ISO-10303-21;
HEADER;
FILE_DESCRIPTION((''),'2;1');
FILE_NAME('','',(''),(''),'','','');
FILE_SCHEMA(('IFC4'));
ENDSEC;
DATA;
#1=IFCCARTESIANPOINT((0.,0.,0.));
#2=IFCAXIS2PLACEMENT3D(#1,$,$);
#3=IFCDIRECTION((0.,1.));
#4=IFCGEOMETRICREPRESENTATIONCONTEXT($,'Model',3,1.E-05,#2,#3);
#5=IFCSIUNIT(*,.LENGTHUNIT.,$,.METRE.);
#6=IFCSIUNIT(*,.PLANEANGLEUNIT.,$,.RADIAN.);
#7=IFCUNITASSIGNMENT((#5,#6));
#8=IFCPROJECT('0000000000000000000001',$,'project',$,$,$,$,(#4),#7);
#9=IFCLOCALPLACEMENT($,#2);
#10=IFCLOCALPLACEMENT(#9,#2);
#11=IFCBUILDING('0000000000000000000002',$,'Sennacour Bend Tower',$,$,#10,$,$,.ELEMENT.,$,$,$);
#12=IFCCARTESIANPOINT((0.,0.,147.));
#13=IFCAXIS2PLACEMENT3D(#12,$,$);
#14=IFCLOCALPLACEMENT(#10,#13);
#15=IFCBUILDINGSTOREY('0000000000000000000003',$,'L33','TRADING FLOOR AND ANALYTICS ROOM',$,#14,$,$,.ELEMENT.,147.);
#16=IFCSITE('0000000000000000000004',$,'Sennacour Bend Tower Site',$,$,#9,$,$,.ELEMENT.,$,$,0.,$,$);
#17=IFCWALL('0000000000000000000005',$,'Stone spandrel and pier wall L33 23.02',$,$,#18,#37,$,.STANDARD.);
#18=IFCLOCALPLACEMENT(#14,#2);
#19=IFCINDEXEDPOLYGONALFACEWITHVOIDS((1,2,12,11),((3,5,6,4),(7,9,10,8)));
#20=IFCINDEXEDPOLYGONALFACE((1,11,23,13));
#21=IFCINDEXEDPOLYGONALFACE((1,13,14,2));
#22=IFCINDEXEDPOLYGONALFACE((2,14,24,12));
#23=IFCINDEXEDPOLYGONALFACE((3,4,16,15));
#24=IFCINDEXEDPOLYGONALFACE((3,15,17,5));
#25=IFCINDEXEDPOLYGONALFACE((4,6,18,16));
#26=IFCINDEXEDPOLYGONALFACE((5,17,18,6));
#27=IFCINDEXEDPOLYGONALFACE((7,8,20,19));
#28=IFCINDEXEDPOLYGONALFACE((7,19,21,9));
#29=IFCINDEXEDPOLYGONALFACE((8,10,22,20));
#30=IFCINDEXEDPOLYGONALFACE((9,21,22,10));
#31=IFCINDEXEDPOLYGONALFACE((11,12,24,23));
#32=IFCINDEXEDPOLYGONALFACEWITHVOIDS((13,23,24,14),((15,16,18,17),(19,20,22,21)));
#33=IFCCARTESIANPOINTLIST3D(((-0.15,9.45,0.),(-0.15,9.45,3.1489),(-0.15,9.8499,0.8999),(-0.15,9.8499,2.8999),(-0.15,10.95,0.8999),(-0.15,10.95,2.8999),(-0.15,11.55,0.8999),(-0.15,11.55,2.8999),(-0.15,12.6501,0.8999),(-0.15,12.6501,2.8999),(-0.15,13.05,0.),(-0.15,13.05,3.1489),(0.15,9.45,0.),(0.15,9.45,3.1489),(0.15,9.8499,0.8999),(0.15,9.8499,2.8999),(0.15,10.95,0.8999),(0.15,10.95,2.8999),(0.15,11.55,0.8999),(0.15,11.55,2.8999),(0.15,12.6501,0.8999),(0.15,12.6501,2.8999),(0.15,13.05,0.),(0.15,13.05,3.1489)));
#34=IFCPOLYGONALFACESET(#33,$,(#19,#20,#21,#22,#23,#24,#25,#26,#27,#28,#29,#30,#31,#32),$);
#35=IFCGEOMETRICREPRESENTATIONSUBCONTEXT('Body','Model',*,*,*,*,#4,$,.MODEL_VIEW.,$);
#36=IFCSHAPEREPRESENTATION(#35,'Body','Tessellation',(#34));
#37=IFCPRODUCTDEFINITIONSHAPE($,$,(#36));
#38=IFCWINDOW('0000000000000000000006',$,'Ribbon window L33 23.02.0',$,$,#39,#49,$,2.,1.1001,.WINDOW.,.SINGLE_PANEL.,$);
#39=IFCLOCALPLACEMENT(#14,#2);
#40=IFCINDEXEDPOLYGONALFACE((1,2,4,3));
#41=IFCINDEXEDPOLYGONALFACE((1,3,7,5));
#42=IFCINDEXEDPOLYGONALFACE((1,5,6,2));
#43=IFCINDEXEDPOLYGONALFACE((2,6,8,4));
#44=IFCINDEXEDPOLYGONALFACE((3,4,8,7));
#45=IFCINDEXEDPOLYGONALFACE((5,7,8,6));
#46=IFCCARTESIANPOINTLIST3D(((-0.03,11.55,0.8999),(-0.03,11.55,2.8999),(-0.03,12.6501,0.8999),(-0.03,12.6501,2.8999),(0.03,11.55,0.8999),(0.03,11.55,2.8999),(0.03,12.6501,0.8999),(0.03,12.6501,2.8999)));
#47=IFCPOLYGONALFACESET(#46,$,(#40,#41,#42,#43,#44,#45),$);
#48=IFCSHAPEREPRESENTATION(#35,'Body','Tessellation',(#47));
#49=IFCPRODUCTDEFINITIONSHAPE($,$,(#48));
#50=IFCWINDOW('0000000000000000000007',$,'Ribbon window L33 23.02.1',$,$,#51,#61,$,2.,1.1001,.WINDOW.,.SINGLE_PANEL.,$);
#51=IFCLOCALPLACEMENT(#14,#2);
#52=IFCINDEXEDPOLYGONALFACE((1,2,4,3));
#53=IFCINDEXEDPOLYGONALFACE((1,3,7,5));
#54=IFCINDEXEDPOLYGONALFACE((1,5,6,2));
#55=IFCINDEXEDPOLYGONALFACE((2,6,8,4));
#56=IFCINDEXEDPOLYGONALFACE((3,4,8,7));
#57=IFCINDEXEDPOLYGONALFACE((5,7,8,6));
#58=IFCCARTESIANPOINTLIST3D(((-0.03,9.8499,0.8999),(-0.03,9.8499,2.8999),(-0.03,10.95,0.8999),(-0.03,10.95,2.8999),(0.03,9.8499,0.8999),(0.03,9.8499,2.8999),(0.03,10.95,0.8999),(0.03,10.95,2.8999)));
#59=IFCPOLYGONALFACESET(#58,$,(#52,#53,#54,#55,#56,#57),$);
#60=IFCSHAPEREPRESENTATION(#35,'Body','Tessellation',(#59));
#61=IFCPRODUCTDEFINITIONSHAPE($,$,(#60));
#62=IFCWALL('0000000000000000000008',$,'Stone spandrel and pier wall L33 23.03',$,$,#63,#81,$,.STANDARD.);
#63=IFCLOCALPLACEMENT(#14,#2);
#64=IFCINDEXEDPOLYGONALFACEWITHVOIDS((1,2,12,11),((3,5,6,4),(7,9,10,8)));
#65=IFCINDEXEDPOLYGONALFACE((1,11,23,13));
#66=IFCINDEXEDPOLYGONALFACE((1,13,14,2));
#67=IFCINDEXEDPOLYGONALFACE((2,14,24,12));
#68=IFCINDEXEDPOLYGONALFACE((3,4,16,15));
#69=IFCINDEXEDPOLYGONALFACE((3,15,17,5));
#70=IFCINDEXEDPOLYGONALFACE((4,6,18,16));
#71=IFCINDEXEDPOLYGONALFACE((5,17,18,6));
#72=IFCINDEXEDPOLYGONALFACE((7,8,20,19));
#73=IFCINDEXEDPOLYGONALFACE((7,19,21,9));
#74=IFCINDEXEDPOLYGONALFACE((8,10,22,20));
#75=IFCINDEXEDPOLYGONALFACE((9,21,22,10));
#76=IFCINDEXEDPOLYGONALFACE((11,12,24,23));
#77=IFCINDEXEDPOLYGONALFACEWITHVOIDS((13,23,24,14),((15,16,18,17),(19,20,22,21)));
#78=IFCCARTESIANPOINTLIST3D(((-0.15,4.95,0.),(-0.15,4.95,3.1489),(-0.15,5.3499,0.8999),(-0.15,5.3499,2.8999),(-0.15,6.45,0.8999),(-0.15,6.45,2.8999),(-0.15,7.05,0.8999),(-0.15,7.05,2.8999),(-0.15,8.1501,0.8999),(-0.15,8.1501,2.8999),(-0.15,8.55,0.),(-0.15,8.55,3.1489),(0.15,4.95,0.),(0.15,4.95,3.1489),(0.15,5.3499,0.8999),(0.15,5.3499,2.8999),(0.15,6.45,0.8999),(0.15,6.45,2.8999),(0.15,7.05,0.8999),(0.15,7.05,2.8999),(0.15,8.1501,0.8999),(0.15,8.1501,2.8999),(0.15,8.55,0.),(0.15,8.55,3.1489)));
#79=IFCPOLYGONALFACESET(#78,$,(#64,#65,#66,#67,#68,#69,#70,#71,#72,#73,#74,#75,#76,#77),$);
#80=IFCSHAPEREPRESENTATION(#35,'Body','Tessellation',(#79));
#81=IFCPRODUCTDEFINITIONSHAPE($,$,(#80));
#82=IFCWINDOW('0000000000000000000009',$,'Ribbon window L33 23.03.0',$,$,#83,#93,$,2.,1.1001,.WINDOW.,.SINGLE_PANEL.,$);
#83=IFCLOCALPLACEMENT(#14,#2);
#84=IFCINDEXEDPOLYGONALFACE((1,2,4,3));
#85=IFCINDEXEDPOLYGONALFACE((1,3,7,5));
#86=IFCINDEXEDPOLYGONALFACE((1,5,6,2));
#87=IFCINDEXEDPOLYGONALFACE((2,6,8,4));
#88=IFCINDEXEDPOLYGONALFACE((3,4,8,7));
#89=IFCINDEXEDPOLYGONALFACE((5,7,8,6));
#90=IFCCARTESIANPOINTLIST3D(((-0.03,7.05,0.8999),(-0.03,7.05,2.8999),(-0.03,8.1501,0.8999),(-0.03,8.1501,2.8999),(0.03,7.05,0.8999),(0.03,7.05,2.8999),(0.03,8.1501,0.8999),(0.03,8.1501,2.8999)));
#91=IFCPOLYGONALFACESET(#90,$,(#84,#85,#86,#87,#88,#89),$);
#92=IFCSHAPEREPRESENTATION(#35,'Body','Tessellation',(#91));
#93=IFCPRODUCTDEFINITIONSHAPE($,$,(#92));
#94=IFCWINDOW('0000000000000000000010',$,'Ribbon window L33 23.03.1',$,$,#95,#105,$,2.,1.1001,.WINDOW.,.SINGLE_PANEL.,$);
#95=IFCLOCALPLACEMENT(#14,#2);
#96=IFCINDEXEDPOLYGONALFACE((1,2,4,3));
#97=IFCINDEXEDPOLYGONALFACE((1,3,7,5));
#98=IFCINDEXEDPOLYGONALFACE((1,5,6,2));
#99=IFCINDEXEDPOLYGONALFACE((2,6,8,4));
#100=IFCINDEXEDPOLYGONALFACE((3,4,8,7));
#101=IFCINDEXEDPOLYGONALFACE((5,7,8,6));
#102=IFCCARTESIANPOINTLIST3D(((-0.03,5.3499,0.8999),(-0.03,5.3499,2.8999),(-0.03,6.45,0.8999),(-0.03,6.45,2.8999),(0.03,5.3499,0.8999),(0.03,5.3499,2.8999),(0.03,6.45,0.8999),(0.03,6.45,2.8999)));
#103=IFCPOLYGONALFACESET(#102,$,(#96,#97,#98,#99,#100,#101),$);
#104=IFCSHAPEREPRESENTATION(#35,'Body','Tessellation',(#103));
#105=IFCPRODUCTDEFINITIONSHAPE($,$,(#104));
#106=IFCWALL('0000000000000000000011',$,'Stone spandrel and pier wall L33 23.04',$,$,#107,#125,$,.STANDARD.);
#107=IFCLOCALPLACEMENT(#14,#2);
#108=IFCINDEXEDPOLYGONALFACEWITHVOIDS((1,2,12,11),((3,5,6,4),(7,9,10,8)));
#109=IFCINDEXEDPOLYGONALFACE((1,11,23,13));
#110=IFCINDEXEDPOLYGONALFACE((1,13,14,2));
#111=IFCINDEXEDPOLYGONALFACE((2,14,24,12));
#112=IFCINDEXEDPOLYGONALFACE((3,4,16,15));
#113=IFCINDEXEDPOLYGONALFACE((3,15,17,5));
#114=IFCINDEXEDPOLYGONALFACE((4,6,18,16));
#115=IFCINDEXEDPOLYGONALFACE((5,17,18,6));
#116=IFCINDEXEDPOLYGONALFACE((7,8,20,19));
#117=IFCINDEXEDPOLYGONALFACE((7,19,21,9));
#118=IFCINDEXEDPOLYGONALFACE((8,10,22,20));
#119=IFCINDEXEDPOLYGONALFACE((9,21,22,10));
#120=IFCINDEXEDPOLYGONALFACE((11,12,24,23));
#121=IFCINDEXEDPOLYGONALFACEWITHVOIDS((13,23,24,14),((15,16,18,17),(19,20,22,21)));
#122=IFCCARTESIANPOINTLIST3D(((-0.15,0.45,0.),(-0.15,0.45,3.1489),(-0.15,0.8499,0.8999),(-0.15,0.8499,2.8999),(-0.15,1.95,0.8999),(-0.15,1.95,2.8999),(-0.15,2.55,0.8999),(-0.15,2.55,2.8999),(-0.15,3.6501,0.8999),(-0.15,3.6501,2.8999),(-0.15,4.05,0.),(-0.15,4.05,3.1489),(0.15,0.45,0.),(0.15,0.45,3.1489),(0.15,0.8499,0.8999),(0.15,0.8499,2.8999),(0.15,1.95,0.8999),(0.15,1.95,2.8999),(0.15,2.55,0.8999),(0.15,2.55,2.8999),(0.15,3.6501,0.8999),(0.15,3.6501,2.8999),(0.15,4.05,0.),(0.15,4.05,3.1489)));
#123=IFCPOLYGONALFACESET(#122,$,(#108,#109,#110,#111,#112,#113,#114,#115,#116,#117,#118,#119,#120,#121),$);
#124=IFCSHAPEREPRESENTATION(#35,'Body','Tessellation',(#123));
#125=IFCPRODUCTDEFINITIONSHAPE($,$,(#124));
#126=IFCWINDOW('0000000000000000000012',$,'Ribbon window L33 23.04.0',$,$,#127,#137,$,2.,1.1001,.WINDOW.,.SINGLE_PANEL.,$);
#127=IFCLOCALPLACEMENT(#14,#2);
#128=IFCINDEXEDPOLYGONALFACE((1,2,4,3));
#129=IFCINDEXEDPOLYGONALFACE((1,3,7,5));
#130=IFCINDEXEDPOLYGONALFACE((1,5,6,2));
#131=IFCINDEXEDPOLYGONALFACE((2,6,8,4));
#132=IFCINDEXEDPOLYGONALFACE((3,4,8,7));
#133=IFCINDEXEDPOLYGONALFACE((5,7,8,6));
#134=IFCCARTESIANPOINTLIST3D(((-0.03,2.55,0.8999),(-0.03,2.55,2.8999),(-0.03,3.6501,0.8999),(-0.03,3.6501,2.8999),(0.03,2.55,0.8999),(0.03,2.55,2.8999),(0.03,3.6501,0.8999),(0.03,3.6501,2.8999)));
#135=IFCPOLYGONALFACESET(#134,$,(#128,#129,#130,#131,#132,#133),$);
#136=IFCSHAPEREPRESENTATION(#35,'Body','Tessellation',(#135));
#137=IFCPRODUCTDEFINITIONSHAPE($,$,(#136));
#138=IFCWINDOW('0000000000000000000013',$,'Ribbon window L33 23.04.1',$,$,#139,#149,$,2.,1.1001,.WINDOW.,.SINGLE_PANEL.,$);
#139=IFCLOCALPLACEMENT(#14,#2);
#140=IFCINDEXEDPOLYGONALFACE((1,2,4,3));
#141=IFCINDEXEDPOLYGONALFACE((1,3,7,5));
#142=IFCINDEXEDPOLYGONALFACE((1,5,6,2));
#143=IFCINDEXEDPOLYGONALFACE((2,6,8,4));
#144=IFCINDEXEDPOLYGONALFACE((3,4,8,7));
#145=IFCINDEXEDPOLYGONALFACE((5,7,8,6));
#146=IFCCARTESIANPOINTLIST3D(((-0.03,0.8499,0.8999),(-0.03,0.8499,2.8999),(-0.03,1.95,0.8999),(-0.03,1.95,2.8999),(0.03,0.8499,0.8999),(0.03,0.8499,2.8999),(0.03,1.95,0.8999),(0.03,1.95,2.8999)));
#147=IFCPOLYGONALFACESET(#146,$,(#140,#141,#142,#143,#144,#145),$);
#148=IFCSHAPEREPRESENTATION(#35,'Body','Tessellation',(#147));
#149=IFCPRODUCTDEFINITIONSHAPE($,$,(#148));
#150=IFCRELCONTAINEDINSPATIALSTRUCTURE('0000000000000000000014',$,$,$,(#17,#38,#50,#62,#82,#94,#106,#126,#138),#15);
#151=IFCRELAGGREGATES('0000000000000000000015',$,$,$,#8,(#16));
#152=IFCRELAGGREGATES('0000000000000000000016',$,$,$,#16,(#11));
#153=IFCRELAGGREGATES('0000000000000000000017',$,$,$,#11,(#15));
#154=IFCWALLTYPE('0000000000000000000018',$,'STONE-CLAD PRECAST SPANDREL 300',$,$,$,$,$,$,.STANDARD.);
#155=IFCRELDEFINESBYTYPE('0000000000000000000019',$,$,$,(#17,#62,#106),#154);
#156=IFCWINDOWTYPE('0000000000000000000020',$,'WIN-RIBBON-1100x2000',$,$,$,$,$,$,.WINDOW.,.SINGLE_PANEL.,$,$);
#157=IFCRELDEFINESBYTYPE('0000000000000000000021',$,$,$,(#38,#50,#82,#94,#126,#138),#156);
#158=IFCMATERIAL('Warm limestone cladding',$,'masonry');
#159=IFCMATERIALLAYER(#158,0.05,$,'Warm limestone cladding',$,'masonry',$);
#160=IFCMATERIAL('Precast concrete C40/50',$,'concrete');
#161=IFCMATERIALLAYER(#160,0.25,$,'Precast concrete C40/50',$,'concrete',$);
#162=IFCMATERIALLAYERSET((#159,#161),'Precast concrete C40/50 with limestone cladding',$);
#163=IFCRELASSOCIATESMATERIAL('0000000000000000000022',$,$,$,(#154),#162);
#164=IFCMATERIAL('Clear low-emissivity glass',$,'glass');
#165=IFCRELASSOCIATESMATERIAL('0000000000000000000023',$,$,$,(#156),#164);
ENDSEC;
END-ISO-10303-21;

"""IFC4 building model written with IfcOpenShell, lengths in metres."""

from ifc_helpers import new_model, si_unit, direction, frame, frame_2d, origin, place, context, subcontext, project, spatial, rectangle, extrude, material, layer, layer_set, type_object, element, fill, save


model = new_model("IFC4")

# Units and contexts
model_context = context("Model", 3, precision=1e-05, world=origin(), true_north=direction((0.0, 1.0)))
body_context = subcontext(model_context, "Body", "Model", "MODEL_VIEW")
ifc_project = project(units=[si_unit("LENGTHUNIT", "METRE"), si_unit("PLANEANGLEUNIT", "RADIAN")], contexts=[model_context])

# Site, building, storey
site_placement = place(None, origin())
site = spatial("IfcSite", under=ifc_project, at=site_placement, Name="Sennacour Bend Tower Site", CompositionType="ELEMENT", RefElevation=0.0)
building_placement = place(site_placement, origin())
building = spatial("IfcBuilding", under=site, at=building_placement, Name="Sennacour Bend Tower", CompositionType="ELEMENT")
storey_placement = place(building_placement, frame((0.0, 0.0, 147.0)))
storey = spatial("IfcBuildingStorey", under=building, at=storey_placement, Name="L33", Description="TRADING FLOOR AND ANALYTICS ROOM", CompositionType="ELEMENT", Elevation=147.0)

# Walls, openings, windows
ifc_material_1 = material(Name="Warm limestone cladding", Category="masonry")
ifc_layer_1 = layer(ifc_material_1, 0.05, Name="Warm limestone cladding", Category="masonry")
ifc_material_2 = material(Name="Precast concrete C40/50", Category="concrete")
ifc_layer_2 = layer(ifc_material_2, 0.25, Name="Precast concrete C40/50", Category="concrete")
ifc_layer_set_1 = layer_set([ifc_layer_1, ifc_layer_2], Name="Precast concrete C40/50 with limestone cladding")
wall_type_1 = type_object("IfcWallType", Name="STONE-CLAD PRECAST SPANDREL 300", PredefinedType="STANDARD", material=ifc_layer_set_1)
wall_1_placement = place(storey_placement, frame((0.0, 13.05, 0.0), z_axis=(0.0, 0.0, 1.0), x_axis=(0.0, -1.0, 0.0)))
wall_1 = element("IfcWall", 1, at=wall_1_placement, inside=storey, type_object=wall_type_1, Name="Stone spandrel and pier wall L33 23.02", PredefinedType="STANDARD", context=body_context, shape_type="SweptSolid", body=[
    extrude(rectangle(XDim=3.6001, YDim=0.3, at=frame_2d((1.8, 0.0))), origin(), (0.0, 0.0, 1.0), 3.1489),
])
opening_1_placement = place(wall_1_placement, frame((0.3999, 0.0, 0.8999)))
opening_1 = element("IfcOpeningElement", 2, at=opening_1_placement, cuts=wall_1, PredefinedType="OPENING", context=body_context, shape_type="SweptSolid", body=[
    extrude(rectangle(XDim=1.1001, YDim=2.0, at=frame_2d((0.55, 1.0))), frame((0.0, 0.1602, 0.0), z_axis=(0.0, -1.0, 0.0), x_axis=(1.0, 0.0, 0.0)), (0.0, 0.0, 1.0), 0.3201),
])
opening_2_placement = place(wall_1_placement, frame((2.1001, 0.0, 0.8999)))
opening_2 = element("IfcOpeningElement", 3, at=opening_2_placement, cuts=wall_1, PredefinedType="OPENING", context=body_context, shape_type="SweptSolid", body=[
    extrude(rectangle(XDim=1.1001, YDim=2.0, at=frame_2d((0.55, 1.0))), frame((0.0, 0.1602, 0.0), z_axis=(0.0, -1.0, 0.0), x_axis=(1.0, 0.0, 0.0)), (0.0, 0.0, 1.0), 0.3201),
])
ifc_material_3 = material(Name="Clear low-emissivity glass", Category="glass")
window_type = type_object("IfcWindowType", Name="WIN-RIBBON-1100x2000", PartitioningType="SINGLE_PANEL", PredefinedType="WINDOW", material=ifc_material_3)
window_1_placement = place(opening_1_placement, origin())
window_1 = element("IfcWindow", 4, at=window_1_placement, inside=storey, type_object=window_type, Name="Ribbon window L33 23.02.0", OverallHeight=2.0, OverallWidth=1.1001, PartitioningType="SINGLE_PANEL", PredefinedType="WINDOW", context=body_context, shape_type="SweptSolid", body=[
    extrude(rectangle(XDim=1.1001, YDim=2.0, at=frame_2d((0.55, 1.0))), frame((0.0, 0.03, 0.0), z_axis=(0.0, -1.0, 0.0), x_axis=(1.0, 0.0, 0.0)), (0.0, 0.0, 1.0), 0.0601),
])
fill(opening_1, window_1)
window_2_placement = place(opening_2_placement, origin())
window_2 = element("IfcWindow", 5, at=window_2_placement, inside=storey, type_object=window_type, Name="Ribbon window L33 23.02.1", OverallHeight=2.0, OverallWidth=1.1001, PartitioningType="SINGLE_PANEL", PredefinedType="WINDOW", context=body_context, shape_type="SweptSolid", body=[
    extrude(rectangle(XDim=1.1001, YDim=2.0, at=frame_2d((0.55, 1.0))), frame((0.0, 0.03, 0.0), z_axis=(0.0, -1.0, 0.0), x_axis=(1.0, 0.0, 0.0)), (0.0, 0.0, 1.0), 0.0601),
])
fill(opening_2, window_2)
wall_2_placement = place(storey_placement, frame((0.0, 8.55, 0.0), z_axis=(0.0, 0.0, 1.0), x_axis=(0.0, -1.0, 0.0)))
wall_2 = element("IfcWall", 6, at=wall_2_placement, inside=storey, type_object=wall_type_1, Name="Stone spandrel and pier wall L33 23.03", PredefinedType="STANDARD", context=body_context, shape_type="SweptSolid", body=[
    extrude(rectangle(XDim=3.6001, YDim=0.3, at=frame_2d((1.8, 0.0))), origin(), (0.0, 0.0, 1.0), 3.1489),
])
opening_3_placement = place(wall_2_placement, frame((0.3999, 0.0, 0.8999)))
opening_3 = element("IfcOpeningElement", 7, at=opening_3_placement, cuts=wall_2, PredefinedType="OPENING", context=body_context, shape_type="SweptSolid", body=[
    extrude(rectangle(XDim=1.1001, YDim=2.0, at=frame_2d((0.55, 1.0))), frame((0.0, 0.1602, 0.0), z_axis=(0.0, -1.0, 0.0), x_axis=(1.0, 0.0, 0.0)), (0.0, 0.0, 1.0), 0.3201),
])
opening_4_placement = place(wall_2_placement, frame((2.1001, 0.0, 0.8999)))
opening_4 = element("IfcOpeningElement", 8, at=opening_4_placement, cuts=wall_2, PredefinedType="OPENING", context=body_context, shape_type="SweptSolid", body=[
    extrude(rectangle(XDim=1.1001, YDim=2.0, at=frame_2d((0.55, 1.0))), frame((0.0, 0.1602, 0.0), z_axis=(0.0, -1.0, 0.0), x_axis=(1.0, 0.0, 0.0)), (0.0, 0.0, 1.0), 0.3201),
])
window_3_placement = place(opening_3_placement, origin())
window_3 = element("IfcWindow", 9, at=window_3_placement, inside=storey, type_object=window_type, Name="Ribbon window L33 23.03.0", OverallHeight=2.0, OverallWidth=1.1001, PartitioningType="SINGLE_PANEL", PredefinedType="WINDOW", context=body_context, shape_type="SweptSolid", body=[
    extrude(rectangle(XDim=1.1001, YDim=2.0, at=frame_2d((0.55, 1.0))), frame((0.0, 0.03, 0.0), z_axis=(0.0, -1.0, 0.0), x_axis=(1.0, 0.0, 0.0)), (0.0, 0.0, 1.0), 0.0601),
])
fill(opening_3, window_3)
window_4_placement = place(opening_4_placement, origin())
window_4 = element("IfcWindow", 10, at=window_4_placement, inside=storey, type_object=window_type, Name="Ribbon window L33 23.03.1", OverallHeight=2.0, OverallWidth=1.1001, PartitioningType="SINGLE_PANEL", PredefinedType="WINDOW", context=body_context, shape_type="SweptSolid", body=[
    extrude(rectangle(XDim=1.1001, YDim=2.0, at=frame_2d((0.55, 1.0))), frame((0.0, 0.03, 0.0), z_axis=(0.0, -1.0, 0.0), x_axis=(1.0, 0.0, 0.0)), (0.0, 0.0, 1.0), 0.0601),
])
fill(opening_4, window_4)
wall_3_placement = place(storey_placement, frame((0.0, 4.05, 0.0), z_axis=(0.0, 0.0, 1.0), x_axis=(0.0, -1.0, 0.0)))
wall_3 = element("IfcWall", 11, at=wall_3_placement, inside=storey, type_object=wall_type_1, Name="Stone spandrel and pier wall L33 23.04", PredefinedType="STANDARD", context=body_context, shape_type="SweptSolid", body=[
    extrude(rectangle(XDim=3.6001, YDim=0.3, at=frame_2d((1.8, 0.0))), origin(), (0.0, 0.0, 1.0), 3.1489),
])
opening_5_placement = place(wall_3_placement, frame((0.3999, 0.0, 0.8999)))
opening_5 = element("IfcOpeningElement", 12, at=opening_5_placement, cuts=wall_3, PredefinedType="OPENING", context=body_context, shape_type="SweptSolid", body=[
    extrude(rectangle(XDim=1.1001, YDim=2.0, at=frame_2d((0.55, 1.0))), frame((0.0, 0.1602, 0.0), z_axis=(0.0, -1.0, 0.0), x_axis=(1.0, 0.0, 0.0)), (0.0, 0.0, 1.0), 0.3201),
])
opening_6_placement = place(wall_3_placement, frame((2.1001, 0.0, 0.8999)))
opening_6 = element("IfcOpeningElement", 13, at=opening_6_placement, cuts=wall_3, PredefinedType="OPENING", context=body_context, shape_type="SweptSolid", body=[
    extrude(rectangle(XDim=1.1001, YDim=2.0, at=frame_2d((0.55, 1.0))), frame((0.0, 0.1602, 0.0), z_axis=(0.0, -1.0, 0.0), x_axis=(1.0, 0.0, 0.0)), (0.0, 0.0, 1.0), 0.3201),
])
window_5_placement = place(opening_5_placement, origin())
window_5 = element("IfcWindow", 14, at=window_5_placement, inside=storey, type_object=window_type, Name="Ribbon window L33 23.04.0", OverallHeight=2.0, OverallWidth=1.1001, PartitioningType="SINGLE_PANEL", PredefinedType="WINDOW", context=body_context, shape_type="SweptSolid", body=[
    extrude(rectangle(XDim=1.1001, YDim=2.0, at=frame_2d((0.55, 1.0))), frame((0.0, 0.03, 0.0), z_axis=(0.0, -1.0, 0.0), x_axis=(1.0, 0.0, 0.0)), (0.0, 0.0, 1.0), 0.0601),
])
fill(opening_5, window_5)
window_6_placement = place(opening_6_placement, origin())
window_6 = element("IfcWindow", 15, at=window_6_placement, inside=storey, type_object=window_type, Name="Ribbon window L33 23.04.1", OverallHeight=2.0, OverallWidth=1.1001, PartitioningType="SINGLE_PANEL", PredefinedType="WINDOW", context=body_context, shape_type="SweptSolid", body=[
    extrude(rectangle(XDim=1.1001, YDim=2.0, at=frame_2d((0.55, 1.0))), frame((0.0, 0.03, 0.0), z_axis=(0.0, -1.0, 0.0), x_axis=(1.0, 0.0, 0.0)), (0.0, 0.0, 1.0), 0.0601),
])
fill(opening_6, window_6)

save(model, "model.ifc")
